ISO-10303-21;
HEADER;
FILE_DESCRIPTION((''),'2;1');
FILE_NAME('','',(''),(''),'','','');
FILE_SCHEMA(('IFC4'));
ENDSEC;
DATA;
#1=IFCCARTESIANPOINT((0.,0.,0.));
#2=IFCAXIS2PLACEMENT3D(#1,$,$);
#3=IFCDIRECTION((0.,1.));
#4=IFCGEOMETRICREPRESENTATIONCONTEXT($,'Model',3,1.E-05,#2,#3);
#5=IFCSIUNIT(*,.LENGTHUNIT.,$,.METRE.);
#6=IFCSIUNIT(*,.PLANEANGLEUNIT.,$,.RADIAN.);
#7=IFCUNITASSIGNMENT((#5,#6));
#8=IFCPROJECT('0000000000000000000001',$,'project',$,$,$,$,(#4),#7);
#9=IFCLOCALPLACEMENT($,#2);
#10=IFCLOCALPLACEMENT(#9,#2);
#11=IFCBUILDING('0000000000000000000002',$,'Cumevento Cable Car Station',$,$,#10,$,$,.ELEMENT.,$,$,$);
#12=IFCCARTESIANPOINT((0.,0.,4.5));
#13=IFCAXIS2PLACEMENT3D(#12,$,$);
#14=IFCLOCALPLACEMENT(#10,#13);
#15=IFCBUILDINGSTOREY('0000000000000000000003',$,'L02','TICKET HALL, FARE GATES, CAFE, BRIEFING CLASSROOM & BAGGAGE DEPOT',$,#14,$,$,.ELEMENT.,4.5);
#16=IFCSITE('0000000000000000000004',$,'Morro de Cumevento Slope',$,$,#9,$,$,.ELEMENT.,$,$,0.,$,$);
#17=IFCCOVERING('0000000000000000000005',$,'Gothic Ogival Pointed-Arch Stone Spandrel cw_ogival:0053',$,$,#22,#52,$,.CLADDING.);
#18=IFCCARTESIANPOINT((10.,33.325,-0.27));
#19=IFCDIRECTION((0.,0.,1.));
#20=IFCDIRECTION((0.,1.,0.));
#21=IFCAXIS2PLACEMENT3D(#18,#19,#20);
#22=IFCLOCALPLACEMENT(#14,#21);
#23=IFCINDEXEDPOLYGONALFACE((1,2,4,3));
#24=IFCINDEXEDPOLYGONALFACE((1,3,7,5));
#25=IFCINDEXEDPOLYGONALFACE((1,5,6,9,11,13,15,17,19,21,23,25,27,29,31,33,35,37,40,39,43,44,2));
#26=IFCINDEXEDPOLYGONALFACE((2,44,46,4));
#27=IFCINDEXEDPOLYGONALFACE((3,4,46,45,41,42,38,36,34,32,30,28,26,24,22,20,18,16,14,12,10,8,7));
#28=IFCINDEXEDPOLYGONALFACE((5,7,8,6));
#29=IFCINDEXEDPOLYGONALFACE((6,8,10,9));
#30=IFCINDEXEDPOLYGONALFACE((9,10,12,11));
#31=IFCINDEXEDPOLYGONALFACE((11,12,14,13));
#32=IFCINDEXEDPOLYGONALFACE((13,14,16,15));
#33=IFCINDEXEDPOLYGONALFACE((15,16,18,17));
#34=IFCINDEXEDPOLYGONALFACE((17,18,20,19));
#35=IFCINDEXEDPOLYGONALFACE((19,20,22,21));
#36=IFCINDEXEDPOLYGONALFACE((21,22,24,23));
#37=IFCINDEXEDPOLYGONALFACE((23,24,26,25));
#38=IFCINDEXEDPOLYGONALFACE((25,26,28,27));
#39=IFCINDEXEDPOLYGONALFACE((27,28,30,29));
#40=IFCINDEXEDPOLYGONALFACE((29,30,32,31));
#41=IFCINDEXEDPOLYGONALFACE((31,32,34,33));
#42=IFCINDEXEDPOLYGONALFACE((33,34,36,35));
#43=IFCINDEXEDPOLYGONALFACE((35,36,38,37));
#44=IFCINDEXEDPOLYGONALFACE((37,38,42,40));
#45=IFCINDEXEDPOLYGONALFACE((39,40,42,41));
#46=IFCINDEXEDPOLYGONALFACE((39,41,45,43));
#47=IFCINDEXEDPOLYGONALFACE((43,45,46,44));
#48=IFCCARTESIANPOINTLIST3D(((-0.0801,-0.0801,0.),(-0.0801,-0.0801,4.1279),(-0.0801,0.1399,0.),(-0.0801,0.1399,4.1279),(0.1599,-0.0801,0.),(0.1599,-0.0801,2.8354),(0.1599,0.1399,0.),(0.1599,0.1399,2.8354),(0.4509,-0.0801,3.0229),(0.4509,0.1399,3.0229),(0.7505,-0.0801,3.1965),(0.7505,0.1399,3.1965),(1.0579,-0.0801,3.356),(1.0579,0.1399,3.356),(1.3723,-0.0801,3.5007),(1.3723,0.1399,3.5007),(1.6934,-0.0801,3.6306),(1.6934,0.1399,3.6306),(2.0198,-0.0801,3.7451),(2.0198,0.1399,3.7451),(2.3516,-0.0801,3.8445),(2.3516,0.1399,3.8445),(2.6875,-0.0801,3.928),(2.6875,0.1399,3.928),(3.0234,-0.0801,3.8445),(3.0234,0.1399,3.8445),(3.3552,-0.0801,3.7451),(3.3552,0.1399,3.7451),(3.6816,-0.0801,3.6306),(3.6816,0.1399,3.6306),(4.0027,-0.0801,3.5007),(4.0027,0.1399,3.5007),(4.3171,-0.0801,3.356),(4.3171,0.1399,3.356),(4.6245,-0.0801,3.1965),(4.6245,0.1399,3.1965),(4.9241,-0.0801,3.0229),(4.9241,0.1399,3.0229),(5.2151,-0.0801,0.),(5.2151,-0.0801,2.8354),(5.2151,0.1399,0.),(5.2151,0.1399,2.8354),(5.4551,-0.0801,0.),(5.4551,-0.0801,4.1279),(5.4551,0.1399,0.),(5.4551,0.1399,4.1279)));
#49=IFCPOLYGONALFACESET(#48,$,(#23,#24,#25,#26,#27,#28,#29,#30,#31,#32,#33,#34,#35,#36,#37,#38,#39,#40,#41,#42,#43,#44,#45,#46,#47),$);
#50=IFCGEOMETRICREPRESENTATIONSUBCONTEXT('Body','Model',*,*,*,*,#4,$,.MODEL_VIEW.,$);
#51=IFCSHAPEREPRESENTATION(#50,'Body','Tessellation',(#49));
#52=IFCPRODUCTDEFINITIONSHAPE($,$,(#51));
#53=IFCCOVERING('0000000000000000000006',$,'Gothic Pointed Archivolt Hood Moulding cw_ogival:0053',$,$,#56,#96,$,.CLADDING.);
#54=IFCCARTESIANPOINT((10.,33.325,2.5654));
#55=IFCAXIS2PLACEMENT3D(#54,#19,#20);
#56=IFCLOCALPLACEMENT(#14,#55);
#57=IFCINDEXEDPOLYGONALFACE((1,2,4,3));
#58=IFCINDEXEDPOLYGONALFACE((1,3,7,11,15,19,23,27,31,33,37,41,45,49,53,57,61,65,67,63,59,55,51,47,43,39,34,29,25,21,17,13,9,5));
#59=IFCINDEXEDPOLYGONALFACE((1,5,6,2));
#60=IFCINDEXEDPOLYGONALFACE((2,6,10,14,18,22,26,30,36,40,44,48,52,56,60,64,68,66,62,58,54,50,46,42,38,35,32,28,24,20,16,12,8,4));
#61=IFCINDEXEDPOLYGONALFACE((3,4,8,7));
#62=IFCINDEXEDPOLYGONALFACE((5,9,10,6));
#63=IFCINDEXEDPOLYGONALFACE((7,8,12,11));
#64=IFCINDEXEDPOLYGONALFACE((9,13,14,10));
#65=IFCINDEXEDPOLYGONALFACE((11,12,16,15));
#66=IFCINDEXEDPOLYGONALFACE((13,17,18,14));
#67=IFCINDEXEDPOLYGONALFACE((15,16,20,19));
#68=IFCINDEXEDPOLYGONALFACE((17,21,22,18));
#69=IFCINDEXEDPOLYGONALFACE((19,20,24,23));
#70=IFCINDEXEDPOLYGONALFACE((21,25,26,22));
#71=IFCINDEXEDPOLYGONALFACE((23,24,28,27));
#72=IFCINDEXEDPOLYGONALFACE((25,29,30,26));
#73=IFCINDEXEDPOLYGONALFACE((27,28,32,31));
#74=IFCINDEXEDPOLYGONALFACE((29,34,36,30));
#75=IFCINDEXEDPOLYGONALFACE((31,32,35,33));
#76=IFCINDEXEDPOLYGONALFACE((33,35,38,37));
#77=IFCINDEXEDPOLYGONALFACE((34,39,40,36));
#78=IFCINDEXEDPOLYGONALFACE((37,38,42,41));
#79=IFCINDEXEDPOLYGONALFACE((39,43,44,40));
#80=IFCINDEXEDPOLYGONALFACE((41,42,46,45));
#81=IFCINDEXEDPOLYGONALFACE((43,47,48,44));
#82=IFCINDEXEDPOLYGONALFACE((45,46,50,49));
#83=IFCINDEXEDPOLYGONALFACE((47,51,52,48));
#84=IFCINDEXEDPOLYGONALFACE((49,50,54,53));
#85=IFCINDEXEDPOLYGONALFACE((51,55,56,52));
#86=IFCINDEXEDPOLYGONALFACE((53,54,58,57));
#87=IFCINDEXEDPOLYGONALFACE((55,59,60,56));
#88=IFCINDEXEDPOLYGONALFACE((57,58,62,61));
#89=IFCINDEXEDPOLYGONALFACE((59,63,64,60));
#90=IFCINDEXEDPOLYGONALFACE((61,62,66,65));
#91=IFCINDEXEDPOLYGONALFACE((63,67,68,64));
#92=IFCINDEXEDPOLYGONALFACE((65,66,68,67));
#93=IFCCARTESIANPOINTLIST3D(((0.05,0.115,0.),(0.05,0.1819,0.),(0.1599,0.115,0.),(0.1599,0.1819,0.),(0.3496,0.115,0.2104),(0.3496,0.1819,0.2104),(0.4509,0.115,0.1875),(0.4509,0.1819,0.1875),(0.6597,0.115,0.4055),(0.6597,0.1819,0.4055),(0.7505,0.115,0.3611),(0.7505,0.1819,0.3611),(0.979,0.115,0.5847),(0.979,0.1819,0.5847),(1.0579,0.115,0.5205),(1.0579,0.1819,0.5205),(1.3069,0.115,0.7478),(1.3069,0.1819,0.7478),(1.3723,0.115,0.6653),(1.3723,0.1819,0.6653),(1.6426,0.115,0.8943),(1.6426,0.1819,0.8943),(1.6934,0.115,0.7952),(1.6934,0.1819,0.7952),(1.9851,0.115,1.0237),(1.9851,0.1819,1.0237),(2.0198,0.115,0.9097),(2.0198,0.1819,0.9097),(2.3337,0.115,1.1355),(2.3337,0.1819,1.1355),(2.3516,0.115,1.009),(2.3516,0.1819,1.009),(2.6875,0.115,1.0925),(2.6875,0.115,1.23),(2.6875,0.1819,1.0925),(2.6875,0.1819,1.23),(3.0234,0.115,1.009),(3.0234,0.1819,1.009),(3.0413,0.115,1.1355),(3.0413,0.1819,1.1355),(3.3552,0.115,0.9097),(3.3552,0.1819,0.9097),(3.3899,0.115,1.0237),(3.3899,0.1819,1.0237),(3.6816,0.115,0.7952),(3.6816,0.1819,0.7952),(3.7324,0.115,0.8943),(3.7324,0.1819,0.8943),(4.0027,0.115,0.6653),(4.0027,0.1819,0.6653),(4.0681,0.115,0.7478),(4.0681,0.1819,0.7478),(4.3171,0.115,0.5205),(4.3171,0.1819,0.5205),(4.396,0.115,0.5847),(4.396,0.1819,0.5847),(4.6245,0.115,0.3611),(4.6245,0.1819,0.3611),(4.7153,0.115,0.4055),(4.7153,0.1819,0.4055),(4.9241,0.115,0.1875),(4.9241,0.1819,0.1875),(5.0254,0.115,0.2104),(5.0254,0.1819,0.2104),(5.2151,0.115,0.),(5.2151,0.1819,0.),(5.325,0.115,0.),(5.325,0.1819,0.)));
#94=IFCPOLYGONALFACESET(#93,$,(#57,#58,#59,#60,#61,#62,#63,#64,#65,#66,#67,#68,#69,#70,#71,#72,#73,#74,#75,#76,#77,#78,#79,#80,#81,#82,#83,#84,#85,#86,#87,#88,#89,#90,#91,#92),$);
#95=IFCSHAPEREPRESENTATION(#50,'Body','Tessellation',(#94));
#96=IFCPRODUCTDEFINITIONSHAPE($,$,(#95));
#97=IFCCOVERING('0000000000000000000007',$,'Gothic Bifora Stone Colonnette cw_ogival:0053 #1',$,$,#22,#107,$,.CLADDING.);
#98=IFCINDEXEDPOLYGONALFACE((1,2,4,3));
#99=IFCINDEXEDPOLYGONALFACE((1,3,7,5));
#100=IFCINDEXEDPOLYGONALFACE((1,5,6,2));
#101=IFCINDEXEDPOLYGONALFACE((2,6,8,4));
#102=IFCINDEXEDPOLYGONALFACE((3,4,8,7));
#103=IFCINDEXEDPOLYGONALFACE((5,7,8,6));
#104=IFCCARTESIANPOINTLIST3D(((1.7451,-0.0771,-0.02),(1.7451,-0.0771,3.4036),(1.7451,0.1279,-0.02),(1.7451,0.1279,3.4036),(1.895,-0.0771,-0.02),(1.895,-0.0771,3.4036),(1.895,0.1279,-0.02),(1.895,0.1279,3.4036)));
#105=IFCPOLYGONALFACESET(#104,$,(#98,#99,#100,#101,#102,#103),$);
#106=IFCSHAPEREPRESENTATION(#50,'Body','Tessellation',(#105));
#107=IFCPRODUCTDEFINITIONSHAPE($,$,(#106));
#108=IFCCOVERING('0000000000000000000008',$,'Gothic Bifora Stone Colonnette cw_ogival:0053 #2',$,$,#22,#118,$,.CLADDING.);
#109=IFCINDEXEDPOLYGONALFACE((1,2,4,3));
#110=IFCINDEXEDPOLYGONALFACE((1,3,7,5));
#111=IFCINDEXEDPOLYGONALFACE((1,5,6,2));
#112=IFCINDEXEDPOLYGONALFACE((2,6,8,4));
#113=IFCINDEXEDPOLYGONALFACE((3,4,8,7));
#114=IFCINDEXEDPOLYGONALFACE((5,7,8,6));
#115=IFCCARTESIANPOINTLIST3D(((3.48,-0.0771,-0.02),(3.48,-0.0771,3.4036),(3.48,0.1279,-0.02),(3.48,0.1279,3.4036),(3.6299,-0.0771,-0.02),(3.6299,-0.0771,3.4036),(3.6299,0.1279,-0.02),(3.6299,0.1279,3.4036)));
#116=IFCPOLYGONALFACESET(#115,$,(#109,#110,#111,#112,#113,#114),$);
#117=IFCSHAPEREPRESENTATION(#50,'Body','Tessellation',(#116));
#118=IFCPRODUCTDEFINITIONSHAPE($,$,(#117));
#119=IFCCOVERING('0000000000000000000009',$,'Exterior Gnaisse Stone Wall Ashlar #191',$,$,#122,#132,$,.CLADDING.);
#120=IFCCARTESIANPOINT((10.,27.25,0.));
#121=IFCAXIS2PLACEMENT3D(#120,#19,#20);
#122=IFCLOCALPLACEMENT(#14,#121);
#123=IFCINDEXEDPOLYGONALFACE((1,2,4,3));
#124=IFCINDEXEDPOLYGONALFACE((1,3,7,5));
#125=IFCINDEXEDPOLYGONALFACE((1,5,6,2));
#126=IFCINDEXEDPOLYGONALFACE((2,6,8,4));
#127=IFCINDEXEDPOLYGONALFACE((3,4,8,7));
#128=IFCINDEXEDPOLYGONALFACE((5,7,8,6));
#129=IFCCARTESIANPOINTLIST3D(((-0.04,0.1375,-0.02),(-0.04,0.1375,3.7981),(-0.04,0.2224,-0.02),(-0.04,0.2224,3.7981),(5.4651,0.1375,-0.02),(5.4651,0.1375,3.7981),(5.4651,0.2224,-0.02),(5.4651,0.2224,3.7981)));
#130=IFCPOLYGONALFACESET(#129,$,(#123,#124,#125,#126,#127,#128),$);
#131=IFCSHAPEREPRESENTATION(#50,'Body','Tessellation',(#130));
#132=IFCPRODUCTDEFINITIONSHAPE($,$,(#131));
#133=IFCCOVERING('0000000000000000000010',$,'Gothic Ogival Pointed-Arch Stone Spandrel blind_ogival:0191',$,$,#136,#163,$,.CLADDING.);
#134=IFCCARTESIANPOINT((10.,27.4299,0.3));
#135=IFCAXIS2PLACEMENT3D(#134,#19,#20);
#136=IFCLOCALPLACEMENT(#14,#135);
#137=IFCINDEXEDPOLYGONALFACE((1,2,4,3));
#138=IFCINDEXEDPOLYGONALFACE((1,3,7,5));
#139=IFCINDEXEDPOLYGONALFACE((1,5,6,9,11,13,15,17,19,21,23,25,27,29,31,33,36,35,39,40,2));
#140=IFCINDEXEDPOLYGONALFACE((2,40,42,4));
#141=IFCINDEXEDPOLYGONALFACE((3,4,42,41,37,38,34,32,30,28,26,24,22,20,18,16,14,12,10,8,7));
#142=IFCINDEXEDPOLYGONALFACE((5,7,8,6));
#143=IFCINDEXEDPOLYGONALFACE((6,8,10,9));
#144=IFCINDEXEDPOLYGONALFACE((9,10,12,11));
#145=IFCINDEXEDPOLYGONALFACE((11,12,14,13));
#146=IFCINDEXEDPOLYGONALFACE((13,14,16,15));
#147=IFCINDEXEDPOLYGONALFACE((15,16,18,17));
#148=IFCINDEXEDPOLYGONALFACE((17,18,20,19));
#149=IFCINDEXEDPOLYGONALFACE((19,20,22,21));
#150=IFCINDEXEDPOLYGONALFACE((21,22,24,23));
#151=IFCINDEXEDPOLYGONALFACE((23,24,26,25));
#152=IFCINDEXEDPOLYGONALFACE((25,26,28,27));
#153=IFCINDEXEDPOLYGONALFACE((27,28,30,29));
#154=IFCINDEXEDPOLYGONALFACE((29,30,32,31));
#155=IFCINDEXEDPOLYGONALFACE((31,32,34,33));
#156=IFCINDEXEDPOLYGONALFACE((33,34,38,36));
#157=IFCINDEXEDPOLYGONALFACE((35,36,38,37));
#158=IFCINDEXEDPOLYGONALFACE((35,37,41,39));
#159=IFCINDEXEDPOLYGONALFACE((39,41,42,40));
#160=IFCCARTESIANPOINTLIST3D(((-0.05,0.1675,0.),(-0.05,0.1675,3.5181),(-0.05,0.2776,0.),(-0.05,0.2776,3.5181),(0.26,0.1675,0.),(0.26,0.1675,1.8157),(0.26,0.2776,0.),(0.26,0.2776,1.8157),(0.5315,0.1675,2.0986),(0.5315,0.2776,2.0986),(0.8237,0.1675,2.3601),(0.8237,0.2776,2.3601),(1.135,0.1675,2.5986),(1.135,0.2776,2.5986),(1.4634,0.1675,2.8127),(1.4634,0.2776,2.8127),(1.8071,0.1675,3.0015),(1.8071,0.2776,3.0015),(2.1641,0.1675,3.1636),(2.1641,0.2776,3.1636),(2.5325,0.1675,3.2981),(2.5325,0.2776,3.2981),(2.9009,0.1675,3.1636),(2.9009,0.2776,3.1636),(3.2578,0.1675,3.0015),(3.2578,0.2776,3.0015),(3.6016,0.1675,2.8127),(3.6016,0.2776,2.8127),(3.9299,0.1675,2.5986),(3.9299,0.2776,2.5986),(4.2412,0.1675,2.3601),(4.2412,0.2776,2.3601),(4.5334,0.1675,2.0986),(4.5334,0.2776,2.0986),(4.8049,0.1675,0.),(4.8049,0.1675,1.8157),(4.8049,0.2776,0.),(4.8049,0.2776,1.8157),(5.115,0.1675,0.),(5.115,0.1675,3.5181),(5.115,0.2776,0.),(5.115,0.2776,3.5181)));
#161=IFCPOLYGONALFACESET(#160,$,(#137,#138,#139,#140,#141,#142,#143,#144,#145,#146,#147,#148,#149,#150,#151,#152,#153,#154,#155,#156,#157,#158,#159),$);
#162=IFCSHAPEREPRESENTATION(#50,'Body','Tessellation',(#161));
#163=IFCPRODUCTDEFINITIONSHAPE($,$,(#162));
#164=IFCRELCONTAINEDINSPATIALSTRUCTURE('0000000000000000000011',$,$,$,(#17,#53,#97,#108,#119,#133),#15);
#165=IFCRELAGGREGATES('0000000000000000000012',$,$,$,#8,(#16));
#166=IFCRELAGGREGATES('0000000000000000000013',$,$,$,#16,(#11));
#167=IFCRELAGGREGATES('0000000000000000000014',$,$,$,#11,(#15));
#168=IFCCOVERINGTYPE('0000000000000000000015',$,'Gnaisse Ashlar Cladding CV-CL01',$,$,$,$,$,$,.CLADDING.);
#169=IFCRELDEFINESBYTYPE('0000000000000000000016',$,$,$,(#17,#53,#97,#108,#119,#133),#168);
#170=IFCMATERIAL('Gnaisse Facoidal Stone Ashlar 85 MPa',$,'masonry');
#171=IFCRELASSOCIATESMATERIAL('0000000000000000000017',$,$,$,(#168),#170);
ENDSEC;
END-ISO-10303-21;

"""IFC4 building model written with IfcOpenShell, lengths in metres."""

from ifc_helpers import new_model, si_unit, direction, frame, origin, place, context, subcontext, project, spatial, polyline, outline, extrude, material, type_object, element, save


model = new_model("IFC4")

# Units and contexts
model_context = context("Model", 3, precision=1e-05, world=origin(), true_north=direction((0.0, 1.0)))
body_context = subcontext(model_context, "Body", "Model", "MODEL_VIEW")
ifc_project = project(units=[si_unit("LENGTHUNIT", "METRE"), si_unit("PLANEANGLEUNIT", "RADIAN")], contexts=[model_context])

# Site, building, storey
site_placement = place(None, origin())
site = spatial("IfcSite", under=ifc_project, at=site_placement, Name="Morro de Cumevento Slope", CompositionType="ELEMENT", RefElevation=0.0)
building_placement = place(site_placement, origin())
building = spatial("IfcBuilding", under=site, at=building_placement, Name="Cumevento Cable Car Station", CompositionType="ELEMENT")
storey_placement = place(building_placement, frame((0.0, 0.0, 4.5)))
storey = spatial("IfcBuildingStorey", under=building, at=storey_placement, Name="L02", Description="TICKET HALL, FARE GATES, CAFE, BRIEFING CLASSROOM & BAGGAGE DEPOT", CompositionType="ELEMENT", Elevation=4.5)

# Coverings
ifc_material_1 = material(Name="Gnaisse Facoidal Stone Ashlar 85 MPa", Category="masonry")
covering_type = type_object("IfcCoveringType", Name="Gnaisse Ashlar Cladding CV-CL01", PredefinedType="CLADDING", material=ifc_material_1)
placement_1 = place(storey_placement, frame((10.0, 33.325, -0.27), z_axis=(0.0, 0.0, 1.0), x_axis=(0.0, 1.0, 0.0)))
element("IfcCovering", 1, at=placement_1, inside=storey, type_object=covering_type, Name="Gothic Ogival Pointed-Arch Stone Spandrel cw_ogival:0053", PredefinedType="CLADDING", context=body_context, shape_type="SweptSolid", body=[
    extrude(outline(polyline([(-0.0801, 0.0), (-0.0801, 4.1279), (5.4551, 4.1279), (5.4551, 0.0), (5.2151, 0.0), (5.2151, 2.8354), (4.9241, 3.0229), (4.6245, 3.1965), (4.3171, 3.356), (4.0027, 3.5007), (3.6816, 3.6306), (3.3552, 3.7451), (3.0234, 3.8445), (2.6875, 3.928), (2.3516, 3.8445), (2.0198, 3.7451), (1.6934, 3.6306), (1.3723, 3.5007), (1.0579, 3.356), (0.7505, 3.1965), (0.4509, 3.0229), (0.1599, 2.8354), (0.1599, 0.0), (-0.0801, 0.0)])), frame((0.0, 0.1399, 0.0), z_axis=(0.0, -1.0, 0.0), x_axis=(1.0, 0.0, 0.0)), (0.0, 0.0, 1.0), 0.22),
])
covering_1_placement = place(storey_placement, frame((10.0, 33.325, 2.5654), z_axis=(0.0, 0.0, 1.0), x_axis=(0.0, 1.0, 0.0)))
element("IfcCovering", 2, at=covering_1_placement, inside=storey, type_object=covering_type, Name="Gothic Pointed Archivolt Hood Moulding cw_ogival:0053", PredefinedType="CLADDING", context=body_context, shape_type="SweptSolid", body=[
    extrude(outline(polyline([(0.1599, 0.0), (0.4509, 0.1875), (0.7505, 0.3611), (1.0579, 0.5205), (1.3723, 0.6653), (1.6934, 0.7952), (2.0198, 0.9097), (2.3516, 1.009), (2.6875, 1.0925), (3.0234, 1.009), (3.3552, 0.9097), (3.6816, 0.7952), (4.0027, 0.6653), (4.3171, 0.5205), (4.6245, 0.3611), (4.9241, 0.1875), (5.2151, 0.0), (5.325, 0.0), (5.0254, 0.2104), (4.7153, 0.4055), (4.396, 0.5847), (4.0681, 0.7478), (3.7324, 0.8943), (3.3899, 1.0237), (3.0413, 1.1355), (2.6875, 1.23), (2.3337, 1.1355), (1.9851, 1.0237), (1.6426, 0.8943), (1.3069, 0.7478), (0.979, 0.5847), (0.6597, 0.4055), (0.3496, 0.2104), (0.05, 0.0), (0.1599, 0.0)])), frame((0.0, 0.1819, 0.0), z_axis=(0.0, -1.0, 0.0), x_axis=(1.0, 0.0, 0.0)), (0.0, 0.0, 1.0), 0.0669),
])
element("IfcCovering", 3, at=placement_1, inside=storey, type_object=covering_type, Name="Gothic Bifora Stone Colonnette cw_ogival:0053 #1", PredefinedType="CLADDING", context=body_context, shape_type="SweptSolid", body=[
    extrude(outline(polyline([(1.7451, -0.02), (1.895, -0.02), (1.895, 3.4036), (1.7451, 3.4036), (1.7451, -0.02)])), frame((0.0, 0.1279, 0.0), z_axis=(0.0, -1.0, 0.0), x_axis=(1.0, 0.0, 0.0)), (0.0, 0.0, 1.0), 0.2051),
])
element("IfcCovering", 4, at=placement_1, inside=storey, type_object=covering_type, Name="Gothic Bifora Stone Colonnette cw_ogival:0053 #2", PredefinedType="CLADDING", context=body_context, shape_type="SweptSolid", body=[
    extrude(outline(polyline([(3.48, -0.02), (3.6299, -0.02), (3.6299, 3.4036), (3.48, 3.4036), (3.48, -0.02)])), frame((0.0, 0.1279, 0.0), z_axis=(0.0, -1.0, 0.0), x_axis=(1.0, 0.0, 0.0)), (0.0, 0.0, 1.0), 0.2051),
])
covering_2_placement = place(storey_placement, frame((10.0, 27.25, 0.0), z_axis=(0.0, 0.0, 1.0), x_axis=(0.0, 1.0, 0.0)))
element("IfcCovering", 5, at=covering_2_placement, inside=storey, type_object=covering_type, Name="Exterior Gnaisse Stone Wall Ashlar #191", PredefinedType="CLADDING", context=body_context, shape_type="SweptSolid", body=[
    extrude(outline(polyline([(-0.04, -0.02), (5.4651, -0.02), (5.4651, 3.7981), (-0.04, 3.7981), (-0.04, -0.02)])), frame((0.0, 0.2224, 0.0), z_axis=(0.0, -1.0, 0.0), x_axis=(1.0, 0.0, 0.0)), (0.0, 0.0, 1.0), 0.085),
])
placement_2 = place(storey_placement, frame((10.0, 27.4299, 0.3), z_axis=(0.0, 0.0, 1.0), x_axis=(0.0, 1.0, 0.0)))
element("IfcCovering", 6, at=placement_2, inside=storey, type_object=covering_type, Name="Gothic Ogival Pointed-Arch Stone Spandrel blind_ogival:0191", PredefinedType="CLADDING", context=body_context, shape_type="SweptSolid", body=[
    extrude(outline(polyline([(-0.05, 0.0), (-0.05, 3.5181), (5.115, 3.5181), (5.115, 0.0), (4.8049, 0.0), (4.8049, 1.8157), (4.5334, 2.0986), (4.2412, 2.3601), (3.9299, 2.5986), (3.6016, 2.8127), (3.2578, 3.0015), (2.9009, 3.1636), (2.5325, 3.2981), (2.1641, 3.1636), (1.8071, 3.0015), (1.4634, 2.8127), (1.135, 2.5986), (0.8237, 2.3601), (0.5315, 2.0986), (0.26, 1.8157), (0.26, 0.0), (-0.05, 0.0)])), frame((0.0, 0.2776, 0.0), z_axis=(0.0, -1.0, 0.0), x_axis=(1.0, 0.0, 0.0)), (0.0, 0.0, 1.0), 0.1101),
])

save(model, "model.ifc")
